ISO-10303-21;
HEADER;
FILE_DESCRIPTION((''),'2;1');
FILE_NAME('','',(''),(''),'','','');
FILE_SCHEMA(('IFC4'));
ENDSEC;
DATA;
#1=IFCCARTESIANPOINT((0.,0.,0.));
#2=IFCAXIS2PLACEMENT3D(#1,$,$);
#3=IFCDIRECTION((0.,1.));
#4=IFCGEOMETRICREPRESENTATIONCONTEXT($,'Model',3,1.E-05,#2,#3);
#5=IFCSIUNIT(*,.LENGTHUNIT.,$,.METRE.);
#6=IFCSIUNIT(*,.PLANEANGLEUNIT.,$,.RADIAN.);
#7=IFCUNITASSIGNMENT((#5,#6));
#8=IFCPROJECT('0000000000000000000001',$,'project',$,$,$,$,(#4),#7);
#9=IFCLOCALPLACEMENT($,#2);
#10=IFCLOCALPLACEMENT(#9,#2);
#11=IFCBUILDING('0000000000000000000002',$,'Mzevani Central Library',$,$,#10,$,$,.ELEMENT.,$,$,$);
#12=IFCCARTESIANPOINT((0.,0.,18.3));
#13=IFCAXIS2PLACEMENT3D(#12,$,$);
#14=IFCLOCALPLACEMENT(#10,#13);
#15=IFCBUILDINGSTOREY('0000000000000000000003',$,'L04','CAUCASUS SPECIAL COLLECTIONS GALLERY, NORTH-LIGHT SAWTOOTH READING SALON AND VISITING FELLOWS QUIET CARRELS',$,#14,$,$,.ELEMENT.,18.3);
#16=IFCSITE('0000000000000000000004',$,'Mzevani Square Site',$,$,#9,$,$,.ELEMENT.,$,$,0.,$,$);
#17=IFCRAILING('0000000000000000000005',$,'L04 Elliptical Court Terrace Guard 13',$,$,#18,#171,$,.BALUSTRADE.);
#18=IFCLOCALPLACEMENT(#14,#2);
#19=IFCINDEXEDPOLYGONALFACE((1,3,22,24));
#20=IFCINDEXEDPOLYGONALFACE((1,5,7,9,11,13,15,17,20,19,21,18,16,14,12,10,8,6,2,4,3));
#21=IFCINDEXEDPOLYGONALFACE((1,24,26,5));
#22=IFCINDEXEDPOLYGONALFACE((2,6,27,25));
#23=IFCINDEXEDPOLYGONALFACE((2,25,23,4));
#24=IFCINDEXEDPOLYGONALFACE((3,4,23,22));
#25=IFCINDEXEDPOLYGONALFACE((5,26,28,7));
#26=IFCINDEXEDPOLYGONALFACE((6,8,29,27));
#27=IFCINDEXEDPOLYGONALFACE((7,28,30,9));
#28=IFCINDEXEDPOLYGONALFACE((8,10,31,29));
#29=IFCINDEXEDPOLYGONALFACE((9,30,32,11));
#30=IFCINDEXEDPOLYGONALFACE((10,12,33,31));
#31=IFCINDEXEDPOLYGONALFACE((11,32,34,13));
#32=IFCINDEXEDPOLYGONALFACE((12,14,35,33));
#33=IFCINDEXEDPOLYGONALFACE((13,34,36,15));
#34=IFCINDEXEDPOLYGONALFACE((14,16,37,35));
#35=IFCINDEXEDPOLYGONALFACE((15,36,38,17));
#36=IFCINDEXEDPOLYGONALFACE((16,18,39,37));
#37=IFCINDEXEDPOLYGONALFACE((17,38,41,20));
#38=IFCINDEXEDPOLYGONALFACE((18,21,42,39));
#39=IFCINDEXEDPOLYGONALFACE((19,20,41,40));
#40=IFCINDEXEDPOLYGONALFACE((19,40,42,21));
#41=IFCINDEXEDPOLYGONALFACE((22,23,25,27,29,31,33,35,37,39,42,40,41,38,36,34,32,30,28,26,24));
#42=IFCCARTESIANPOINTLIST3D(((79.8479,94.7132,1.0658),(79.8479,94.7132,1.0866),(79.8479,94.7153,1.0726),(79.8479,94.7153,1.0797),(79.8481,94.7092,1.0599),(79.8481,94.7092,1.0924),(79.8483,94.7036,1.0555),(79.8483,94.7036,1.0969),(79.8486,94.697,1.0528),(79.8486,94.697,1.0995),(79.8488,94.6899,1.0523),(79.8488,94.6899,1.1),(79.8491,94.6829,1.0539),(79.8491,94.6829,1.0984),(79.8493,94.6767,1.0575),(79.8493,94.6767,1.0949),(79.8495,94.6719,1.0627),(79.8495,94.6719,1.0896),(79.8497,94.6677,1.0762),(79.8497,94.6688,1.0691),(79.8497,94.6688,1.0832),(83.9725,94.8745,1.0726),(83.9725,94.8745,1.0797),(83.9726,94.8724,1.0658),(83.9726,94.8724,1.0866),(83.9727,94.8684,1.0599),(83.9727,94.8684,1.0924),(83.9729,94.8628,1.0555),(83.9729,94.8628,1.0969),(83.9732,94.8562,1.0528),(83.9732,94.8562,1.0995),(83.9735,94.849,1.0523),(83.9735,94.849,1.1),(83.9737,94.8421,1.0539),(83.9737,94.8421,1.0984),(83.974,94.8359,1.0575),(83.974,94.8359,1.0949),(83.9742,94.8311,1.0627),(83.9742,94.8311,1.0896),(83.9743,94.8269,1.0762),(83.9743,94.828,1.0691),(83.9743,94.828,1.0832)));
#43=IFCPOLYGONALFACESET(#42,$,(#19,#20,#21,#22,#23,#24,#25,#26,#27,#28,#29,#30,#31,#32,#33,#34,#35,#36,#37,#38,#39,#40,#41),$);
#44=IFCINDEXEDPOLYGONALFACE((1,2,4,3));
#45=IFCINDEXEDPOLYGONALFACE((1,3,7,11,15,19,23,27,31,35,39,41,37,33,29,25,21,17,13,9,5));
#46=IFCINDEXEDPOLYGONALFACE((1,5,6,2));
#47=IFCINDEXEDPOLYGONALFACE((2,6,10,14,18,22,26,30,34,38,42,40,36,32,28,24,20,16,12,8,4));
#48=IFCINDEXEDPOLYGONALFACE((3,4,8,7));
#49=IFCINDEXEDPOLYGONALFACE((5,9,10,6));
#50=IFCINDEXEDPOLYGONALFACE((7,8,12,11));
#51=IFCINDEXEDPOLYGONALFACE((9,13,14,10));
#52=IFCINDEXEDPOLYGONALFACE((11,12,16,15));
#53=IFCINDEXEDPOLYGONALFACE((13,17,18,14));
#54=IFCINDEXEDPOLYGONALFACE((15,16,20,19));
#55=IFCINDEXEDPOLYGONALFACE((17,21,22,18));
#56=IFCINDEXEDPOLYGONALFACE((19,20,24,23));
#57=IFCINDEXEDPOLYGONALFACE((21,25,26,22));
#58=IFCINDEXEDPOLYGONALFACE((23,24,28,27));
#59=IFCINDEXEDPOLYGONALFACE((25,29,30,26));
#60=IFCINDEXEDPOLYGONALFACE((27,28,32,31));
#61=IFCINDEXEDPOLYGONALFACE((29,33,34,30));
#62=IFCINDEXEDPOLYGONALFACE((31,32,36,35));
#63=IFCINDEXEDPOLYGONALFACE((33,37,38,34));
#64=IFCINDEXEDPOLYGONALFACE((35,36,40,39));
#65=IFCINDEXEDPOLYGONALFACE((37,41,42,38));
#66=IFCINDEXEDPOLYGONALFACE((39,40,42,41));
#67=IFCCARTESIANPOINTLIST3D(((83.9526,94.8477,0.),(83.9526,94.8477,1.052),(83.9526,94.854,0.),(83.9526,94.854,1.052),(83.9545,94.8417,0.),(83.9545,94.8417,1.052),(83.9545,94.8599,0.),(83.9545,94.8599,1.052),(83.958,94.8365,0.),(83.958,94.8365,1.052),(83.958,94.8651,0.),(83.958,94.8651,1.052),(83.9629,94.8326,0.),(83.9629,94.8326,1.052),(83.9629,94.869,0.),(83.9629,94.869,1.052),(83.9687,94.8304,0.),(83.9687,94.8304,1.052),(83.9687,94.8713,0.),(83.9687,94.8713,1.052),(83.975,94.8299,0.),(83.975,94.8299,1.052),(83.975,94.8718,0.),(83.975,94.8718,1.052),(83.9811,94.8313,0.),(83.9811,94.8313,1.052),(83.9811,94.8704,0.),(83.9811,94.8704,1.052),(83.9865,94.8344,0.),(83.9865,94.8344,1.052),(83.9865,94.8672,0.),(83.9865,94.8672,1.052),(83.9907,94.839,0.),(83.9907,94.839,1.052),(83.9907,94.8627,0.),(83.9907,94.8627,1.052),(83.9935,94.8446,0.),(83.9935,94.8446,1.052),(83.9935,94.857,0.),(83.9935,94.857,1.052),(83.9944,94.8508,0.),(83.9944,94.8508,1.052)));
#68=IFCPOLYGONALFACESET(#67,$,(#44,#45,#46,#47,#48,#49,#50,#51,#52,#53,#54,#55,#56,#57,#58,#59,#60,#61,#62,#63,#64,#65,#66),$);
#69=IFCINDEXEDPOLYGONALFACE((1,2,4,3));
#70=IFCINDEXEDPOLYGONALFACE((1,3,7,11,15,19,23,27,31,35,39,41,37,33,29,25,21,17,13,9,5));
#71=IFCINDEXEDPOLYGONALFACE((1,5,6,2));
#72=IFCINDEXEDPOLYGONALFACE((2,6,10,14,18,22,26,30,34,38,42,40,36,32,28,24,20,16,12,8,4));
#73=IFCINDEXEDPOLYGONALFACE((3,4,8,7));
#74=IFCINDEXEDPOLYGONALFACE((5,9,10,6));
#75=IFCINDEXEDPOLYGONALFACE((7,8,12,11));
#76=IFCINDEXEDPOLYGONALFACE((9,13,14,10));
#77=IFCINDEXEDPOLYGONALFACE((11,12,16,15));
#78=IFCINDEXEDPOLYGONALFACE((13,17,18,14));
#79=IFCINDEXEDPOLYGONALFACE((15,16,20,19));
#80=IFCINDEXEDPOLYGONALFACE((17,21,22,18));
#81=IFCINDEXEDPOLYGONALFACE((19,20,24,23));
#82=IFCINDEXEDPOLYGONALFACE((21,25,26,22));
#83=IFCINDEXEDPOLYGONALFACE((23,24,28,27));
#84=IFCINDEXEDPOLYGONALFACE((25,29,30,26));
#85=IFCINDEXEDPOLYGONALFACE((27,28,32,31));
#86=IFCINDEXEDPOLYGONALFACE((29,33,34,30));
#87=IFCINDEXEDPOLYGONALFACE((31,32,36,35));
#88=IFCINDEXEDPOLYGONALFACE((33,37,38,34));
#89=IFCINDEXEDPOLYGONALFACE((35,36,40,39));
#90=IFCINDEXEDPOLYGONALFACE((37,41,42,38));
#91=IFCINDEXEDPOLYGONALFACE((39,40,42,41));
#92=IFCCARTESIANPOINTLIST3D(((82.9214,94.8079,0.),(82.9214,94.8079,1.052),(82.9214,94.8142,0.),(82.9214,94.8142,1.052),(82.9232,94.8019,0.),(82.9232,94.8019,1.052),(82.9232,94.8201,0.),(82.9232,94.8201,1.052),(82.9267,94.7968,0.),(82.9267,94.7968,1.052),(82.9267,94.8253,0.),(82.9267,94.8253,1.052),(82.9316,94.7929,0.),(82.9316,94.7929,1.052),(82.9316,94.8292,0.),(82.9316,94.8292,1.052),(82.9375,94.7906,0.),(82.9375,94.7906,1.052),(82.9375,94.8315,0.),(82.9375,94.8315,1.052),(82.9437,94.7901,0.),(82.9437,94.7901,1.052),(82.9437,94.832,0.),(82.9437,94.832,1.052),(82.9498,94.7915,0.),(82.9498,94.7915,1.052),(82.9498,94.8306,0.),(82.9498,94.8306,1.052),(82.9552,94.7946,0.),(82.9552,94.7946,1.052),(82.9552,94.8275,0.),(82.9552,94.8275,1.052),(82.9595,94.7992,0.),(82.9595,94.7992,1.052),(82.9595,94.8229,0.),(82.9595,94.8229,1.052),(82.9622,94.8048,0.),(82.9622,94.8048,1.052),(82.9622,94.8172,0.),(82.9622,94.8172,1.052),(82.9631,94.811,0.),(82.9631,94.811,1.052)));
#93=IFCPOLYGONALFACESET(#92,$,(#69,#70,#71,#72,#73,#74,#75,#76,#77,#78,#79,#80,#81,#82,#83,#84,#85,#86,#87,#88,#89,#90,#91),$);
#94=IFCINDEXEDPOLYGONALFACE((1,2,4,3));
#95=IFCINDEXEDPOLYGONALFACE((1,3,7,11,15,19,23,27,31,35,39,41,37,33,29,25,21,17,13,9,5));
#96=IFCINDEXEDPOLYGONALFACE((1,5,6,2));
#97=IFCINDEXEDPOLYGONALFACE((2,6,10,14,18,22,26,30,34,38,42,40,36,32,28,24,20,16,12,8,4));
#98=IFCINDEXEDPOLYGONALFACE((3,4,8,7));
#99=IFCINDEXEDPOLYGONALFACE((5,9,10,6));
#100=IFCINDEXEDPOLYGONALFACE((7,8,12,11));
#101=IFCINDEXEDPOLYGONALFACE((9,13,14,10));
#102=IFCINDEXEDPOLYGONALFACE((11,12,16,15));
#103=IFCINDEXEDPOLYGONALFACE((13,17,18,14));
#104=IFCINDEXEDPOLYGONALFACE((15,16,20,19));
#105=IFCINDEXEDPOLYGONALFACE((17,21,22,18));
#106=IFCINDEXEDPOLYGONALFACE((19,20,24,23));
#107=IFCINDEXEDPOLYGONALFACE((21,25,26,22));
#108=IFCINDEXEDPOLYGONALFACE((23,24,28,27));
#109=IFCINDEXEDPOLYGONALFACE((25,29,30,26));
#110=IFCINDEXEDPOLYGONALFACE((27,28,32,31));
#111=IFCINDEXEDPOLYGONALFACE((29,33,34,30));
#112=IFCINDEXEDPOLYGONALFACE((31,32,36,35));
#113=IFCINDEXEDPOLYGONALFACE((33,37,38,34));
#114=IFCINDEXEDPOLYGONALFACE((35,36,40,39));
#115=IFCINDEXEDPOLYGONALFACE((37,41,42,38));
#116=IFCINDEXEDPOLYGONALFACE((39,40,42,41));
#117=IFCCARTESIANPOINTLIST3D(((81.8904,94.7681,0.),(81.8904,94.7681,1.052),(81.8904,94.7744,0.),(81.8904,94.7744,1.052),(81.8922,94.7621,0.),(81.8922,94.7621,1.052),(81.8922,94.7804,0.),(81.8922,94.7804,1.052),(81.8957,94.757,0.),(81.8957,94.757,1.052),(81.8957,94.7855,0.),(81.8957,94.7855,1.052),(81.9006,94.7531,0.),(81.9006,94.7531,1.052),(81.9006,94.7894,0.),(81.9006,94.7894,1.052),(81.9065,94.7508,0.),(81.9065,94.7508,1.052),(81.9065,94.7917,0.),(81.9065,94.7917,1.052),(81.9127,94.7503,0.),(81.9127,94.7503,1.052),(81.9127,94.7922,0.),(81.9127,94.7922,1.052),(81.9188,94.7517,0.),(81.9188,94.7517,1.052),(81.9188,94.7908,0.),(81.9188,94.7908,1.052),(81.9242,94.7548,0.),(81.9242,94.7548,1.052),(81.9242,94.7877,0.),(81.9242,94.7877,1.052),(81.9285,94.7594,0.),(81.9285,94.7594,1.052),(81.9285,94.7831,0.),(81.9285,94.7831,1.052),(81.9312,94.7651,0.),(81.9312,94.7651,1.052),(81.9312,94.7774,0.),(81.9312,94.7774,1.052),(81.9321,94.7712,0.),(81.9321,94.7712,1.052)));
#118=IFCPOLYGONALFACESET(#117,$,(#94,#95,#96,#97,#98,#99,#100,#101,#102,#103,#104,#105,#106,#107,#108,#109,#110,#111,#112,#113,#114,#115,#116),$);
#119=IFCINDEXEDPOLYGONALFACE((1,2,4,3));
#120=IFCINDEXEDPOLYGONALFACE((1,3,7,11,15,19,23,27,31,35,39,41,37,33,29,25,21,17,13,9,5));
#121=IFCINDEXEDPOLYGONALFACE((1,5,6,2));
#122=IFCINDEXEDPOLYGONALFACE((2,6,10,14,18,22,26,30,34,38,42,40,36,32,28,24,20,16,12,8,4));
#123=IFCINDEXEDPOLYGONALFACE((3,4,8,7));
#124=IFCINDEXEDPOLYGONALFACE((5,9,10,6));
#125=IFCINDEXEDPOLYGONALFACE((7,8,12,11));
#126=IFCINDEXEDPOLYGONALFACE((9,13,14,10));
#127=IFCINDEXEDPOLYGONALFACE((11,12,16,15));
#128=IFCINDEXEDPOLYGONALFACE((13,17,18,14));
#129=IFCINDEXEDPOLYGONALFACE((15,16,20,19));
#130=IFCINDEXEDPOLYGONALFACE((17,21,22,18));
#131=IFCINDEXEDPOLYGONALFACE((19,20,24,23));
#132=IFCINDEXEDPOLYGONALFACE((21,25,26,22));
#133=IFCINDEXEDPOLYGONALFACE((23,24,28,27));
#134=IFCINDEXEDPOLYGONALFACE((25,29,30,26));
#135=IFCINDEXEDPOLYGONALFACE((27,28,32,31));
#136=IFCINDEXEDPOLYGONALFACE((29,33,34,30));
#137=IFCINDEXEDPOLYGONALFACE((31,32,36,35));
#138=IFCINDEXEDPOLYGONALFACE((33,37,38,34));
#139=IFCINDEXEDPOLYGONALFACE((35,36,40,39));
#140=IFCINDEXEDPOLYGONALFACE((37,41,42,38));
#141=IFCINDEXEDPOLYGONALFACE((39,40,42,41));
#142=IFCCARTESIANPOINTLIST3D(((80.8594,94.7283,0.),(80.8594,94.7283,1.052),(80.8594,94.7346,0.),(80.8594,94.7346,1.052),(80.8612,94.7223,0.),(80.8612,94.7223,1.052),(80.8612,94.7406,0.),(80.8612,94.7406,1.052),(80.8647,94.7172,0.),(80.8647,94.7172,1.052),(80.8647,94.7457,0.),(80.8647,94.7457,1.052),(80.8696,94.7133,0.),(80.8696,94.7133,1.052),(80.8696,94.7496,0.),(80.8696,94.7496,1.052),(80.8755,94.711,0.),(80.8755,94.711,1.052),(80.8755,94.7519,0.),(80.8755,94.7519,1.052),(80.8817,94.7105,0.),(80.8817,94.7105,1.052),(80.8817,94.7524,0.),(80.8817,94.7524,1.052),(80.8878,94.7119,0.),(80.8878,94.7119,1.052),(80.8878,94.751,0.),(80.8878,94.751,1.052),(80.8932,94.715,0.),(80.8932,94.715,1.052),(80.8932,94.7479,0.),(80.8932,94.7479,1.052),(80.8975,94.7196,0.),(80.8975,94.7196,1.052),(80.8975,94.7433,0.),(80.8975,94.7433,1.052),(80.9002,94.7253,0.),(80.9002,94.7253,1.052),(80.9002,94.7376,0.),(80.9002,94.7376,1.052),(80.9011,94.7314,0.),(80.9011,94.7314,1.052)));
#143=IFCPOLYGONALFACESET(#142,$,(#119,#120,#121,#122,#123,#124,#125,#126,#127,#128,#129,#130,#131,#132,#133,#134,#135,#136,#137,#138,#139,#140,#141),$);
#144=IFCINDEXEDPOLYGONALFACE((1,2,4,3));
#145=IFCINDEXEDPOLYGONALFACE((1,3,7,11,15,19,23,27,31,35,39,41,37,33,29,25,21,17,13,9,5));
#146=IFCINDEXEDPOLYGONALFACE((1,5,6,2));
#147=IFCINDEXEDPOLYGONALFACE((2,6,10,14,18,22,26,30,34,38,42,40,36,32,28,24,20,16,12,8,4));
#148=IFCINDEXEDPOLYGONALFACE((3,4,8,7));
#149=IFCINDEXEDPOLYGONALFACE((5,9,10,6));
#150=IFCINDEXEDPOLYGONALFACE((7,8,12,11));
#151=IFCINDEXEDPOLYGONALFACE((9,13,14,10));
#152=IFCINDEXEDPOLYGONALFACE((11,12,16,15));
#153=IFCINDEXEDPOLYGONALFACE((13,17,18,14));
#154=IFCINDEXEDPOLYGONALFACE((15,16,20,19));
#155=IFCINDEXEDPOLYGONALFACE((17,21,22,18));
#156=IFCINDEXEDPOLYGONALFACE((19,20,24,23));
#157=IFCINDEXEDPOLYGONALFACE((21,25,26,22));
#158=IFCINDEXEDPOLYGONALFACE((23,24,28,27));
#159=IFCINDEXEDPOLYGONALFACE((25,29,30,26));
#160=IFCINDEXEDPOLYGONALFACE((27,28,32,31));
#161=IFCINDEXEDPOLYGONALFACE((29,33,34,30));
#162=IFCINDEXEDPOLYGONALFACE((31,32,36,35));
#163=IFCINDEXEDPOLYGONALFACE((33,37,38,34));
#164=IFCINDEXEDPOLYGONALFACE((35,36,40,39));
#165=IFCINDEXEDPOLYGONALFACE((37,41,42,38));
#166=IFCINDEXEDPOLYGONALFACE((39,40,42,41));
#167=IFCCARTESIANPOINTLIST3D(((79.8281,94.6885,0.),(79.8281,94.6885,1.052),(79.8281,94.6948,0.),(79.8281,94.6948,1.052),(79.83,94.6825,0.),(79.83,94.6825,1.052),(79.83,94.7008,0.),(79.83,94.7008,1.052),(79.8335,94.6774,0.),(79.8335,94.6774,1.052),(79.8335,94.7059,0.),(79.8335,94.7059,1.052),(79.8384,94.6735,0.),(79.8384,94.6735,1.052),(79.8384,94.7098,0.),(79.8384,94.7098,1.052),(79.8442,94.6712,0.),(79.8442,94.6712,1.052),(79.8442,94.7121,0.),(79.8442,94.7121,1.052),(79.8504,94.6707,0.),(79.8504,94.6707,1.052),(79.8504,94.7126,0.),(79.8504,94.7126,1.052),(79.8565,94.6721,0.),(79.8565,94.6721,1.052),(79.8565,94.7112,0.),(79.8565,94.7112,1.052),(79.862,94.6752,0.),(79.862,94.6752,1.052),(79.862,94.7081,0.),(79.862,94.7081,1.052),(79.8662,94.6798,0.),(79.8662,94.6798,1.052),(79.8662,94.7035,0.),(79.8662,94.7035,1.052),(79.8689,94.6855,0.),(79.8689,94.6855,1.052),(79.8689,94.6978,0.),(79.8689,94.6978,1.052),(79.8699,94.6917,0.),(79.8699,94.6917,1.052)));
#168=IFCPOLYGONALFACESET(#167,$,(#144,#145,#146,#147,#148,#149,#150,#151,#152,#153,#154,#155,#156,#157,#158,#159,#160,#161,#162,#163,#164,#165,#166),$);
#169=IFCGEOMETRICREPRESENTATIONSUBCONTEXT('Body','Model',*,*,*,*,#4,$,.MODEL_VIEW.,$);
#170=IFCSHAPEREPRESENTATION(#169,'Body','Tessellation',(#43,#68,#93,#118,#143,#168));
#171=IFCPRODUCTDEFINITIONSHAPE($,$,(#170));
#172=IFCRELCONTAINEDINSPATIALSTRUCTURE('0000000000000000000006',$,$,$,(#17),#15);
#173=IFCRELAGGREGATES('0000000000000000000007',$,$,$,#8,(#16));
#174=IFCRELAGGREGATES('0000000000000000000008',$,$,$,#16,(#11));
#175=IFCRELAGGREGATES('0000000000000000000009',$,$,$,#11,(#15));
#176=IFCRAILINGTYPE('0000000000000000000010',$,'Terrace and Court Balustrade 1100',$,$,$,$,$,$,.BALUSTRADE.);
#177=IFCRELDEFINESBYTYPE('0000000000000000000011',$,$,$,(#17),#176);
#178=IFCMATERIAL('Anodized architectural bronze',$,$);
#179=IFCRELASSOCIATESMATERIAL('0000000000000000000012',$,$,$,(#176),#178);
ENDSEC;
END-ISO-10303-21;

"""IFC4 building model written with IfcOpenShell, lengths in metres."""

from ifc_helpers import new_model, si_unit, direction, frame, origin, origin_2d, place, context, subcontext, project, spatial, circle, extrude, material, type_object, element, save


model = new_model("IFC4")

# Units and contexts
model_context = context("Model", 3, precision=1e-05, world=origin(), true_north=direction((0.0, 1.0)))
body_context = subcontext(model_context, "Body", "Model", "MODEL_VIEW")
ifc_project = project(units=[si_unit("LENGTHUNIT", "METRE"), si_unit("PLANEANGLEUNIT", "RADIAN")], contexts=[model_context])

# Site, building, storey
site_placement = place(None, origin())
site = spatial("IfcSite", under=ifc_project, at=site_placement, Name="Mzevani Square Site", CompositionType="ELEMENT", RefElevation=0.0)
building_placement = place(site_placement, origin())
building = spatial("IfcBuilding", under=site, at=building_placement, Name="Mzevani Central Library", CompositionType="ELEMENT")
storey_placement = place(building_placement, frame((0.0, 0.0, 18.3)))
storey = spatial("IfcBuildingStorey", under=building, at=storey_placement, Name="L04", Description="CAUCASUS SPECIAL COLLECTIONS GALLERY, NORTH-LIGHT SAWTOOTH READING SALON AND VISITING FELLOWS QUIET CARRELS", CompositionType="ELEMENT", Elevation=18.3)

# Railing
ifc_material_1 = material(Name="Anodized architectural bronze")
railing_type = type_object("IfcRailingType", Name="Terrace and Court Balustrade 1100", PredefinedType="BALUSTRADE", material=ifc_material_1)
railing_1_placement = place(storey_placement, frame((83.9734, 94.8508, 0.0)))
element("IfcRailing", 1, at=railing_1_placement, inside=storey, type_object=railing_type, Name="L04 Elliptical Court Terrace Guard 13", PredefinedType="BALUSTRADE", context=body_context, shape_type="SweptSolid", body=[
    extrude(circle(Radius=0.0239, at=origin_2d()), frame((0.0, 0.0, 1.0762), z_axis=(-0.999256, -0.038565, 0.0), x_axis=(0.038565, -0.999256, 0.0)), (0.0, 0.0, 1.0), 4.1277),
    extrude(circle(Radius=0.021, at=origin_2d()), origin(), (0.0, 0.0, 1.0), 1.052),
    extrude(circle(Radius=0.021, at=origin_2d()), frame((-1.0312, -0.0398, 0.0)), (0.0, 0.0, 1.0), 1.052),
    extrude(circle(Radius=0.021, at=origin_2d()), frame((-2.0623, -0.0796, 0.0)), (0.0, 0.0, 1.0), 1.052),
    extrude(circle(Radius=0.021, at=origin_2d()), frame((-3.0933, -0.1194, 0.0)), (0.0, 0.0, 1.0), 1.052),
    extrude(circle(Radius=0.021, at=origin_2d()), frame((-4.1245, -0.1592, 0.0)), (0.0, 0.0, 1.0), 1.052),
])

save(model, "model.ifc")
